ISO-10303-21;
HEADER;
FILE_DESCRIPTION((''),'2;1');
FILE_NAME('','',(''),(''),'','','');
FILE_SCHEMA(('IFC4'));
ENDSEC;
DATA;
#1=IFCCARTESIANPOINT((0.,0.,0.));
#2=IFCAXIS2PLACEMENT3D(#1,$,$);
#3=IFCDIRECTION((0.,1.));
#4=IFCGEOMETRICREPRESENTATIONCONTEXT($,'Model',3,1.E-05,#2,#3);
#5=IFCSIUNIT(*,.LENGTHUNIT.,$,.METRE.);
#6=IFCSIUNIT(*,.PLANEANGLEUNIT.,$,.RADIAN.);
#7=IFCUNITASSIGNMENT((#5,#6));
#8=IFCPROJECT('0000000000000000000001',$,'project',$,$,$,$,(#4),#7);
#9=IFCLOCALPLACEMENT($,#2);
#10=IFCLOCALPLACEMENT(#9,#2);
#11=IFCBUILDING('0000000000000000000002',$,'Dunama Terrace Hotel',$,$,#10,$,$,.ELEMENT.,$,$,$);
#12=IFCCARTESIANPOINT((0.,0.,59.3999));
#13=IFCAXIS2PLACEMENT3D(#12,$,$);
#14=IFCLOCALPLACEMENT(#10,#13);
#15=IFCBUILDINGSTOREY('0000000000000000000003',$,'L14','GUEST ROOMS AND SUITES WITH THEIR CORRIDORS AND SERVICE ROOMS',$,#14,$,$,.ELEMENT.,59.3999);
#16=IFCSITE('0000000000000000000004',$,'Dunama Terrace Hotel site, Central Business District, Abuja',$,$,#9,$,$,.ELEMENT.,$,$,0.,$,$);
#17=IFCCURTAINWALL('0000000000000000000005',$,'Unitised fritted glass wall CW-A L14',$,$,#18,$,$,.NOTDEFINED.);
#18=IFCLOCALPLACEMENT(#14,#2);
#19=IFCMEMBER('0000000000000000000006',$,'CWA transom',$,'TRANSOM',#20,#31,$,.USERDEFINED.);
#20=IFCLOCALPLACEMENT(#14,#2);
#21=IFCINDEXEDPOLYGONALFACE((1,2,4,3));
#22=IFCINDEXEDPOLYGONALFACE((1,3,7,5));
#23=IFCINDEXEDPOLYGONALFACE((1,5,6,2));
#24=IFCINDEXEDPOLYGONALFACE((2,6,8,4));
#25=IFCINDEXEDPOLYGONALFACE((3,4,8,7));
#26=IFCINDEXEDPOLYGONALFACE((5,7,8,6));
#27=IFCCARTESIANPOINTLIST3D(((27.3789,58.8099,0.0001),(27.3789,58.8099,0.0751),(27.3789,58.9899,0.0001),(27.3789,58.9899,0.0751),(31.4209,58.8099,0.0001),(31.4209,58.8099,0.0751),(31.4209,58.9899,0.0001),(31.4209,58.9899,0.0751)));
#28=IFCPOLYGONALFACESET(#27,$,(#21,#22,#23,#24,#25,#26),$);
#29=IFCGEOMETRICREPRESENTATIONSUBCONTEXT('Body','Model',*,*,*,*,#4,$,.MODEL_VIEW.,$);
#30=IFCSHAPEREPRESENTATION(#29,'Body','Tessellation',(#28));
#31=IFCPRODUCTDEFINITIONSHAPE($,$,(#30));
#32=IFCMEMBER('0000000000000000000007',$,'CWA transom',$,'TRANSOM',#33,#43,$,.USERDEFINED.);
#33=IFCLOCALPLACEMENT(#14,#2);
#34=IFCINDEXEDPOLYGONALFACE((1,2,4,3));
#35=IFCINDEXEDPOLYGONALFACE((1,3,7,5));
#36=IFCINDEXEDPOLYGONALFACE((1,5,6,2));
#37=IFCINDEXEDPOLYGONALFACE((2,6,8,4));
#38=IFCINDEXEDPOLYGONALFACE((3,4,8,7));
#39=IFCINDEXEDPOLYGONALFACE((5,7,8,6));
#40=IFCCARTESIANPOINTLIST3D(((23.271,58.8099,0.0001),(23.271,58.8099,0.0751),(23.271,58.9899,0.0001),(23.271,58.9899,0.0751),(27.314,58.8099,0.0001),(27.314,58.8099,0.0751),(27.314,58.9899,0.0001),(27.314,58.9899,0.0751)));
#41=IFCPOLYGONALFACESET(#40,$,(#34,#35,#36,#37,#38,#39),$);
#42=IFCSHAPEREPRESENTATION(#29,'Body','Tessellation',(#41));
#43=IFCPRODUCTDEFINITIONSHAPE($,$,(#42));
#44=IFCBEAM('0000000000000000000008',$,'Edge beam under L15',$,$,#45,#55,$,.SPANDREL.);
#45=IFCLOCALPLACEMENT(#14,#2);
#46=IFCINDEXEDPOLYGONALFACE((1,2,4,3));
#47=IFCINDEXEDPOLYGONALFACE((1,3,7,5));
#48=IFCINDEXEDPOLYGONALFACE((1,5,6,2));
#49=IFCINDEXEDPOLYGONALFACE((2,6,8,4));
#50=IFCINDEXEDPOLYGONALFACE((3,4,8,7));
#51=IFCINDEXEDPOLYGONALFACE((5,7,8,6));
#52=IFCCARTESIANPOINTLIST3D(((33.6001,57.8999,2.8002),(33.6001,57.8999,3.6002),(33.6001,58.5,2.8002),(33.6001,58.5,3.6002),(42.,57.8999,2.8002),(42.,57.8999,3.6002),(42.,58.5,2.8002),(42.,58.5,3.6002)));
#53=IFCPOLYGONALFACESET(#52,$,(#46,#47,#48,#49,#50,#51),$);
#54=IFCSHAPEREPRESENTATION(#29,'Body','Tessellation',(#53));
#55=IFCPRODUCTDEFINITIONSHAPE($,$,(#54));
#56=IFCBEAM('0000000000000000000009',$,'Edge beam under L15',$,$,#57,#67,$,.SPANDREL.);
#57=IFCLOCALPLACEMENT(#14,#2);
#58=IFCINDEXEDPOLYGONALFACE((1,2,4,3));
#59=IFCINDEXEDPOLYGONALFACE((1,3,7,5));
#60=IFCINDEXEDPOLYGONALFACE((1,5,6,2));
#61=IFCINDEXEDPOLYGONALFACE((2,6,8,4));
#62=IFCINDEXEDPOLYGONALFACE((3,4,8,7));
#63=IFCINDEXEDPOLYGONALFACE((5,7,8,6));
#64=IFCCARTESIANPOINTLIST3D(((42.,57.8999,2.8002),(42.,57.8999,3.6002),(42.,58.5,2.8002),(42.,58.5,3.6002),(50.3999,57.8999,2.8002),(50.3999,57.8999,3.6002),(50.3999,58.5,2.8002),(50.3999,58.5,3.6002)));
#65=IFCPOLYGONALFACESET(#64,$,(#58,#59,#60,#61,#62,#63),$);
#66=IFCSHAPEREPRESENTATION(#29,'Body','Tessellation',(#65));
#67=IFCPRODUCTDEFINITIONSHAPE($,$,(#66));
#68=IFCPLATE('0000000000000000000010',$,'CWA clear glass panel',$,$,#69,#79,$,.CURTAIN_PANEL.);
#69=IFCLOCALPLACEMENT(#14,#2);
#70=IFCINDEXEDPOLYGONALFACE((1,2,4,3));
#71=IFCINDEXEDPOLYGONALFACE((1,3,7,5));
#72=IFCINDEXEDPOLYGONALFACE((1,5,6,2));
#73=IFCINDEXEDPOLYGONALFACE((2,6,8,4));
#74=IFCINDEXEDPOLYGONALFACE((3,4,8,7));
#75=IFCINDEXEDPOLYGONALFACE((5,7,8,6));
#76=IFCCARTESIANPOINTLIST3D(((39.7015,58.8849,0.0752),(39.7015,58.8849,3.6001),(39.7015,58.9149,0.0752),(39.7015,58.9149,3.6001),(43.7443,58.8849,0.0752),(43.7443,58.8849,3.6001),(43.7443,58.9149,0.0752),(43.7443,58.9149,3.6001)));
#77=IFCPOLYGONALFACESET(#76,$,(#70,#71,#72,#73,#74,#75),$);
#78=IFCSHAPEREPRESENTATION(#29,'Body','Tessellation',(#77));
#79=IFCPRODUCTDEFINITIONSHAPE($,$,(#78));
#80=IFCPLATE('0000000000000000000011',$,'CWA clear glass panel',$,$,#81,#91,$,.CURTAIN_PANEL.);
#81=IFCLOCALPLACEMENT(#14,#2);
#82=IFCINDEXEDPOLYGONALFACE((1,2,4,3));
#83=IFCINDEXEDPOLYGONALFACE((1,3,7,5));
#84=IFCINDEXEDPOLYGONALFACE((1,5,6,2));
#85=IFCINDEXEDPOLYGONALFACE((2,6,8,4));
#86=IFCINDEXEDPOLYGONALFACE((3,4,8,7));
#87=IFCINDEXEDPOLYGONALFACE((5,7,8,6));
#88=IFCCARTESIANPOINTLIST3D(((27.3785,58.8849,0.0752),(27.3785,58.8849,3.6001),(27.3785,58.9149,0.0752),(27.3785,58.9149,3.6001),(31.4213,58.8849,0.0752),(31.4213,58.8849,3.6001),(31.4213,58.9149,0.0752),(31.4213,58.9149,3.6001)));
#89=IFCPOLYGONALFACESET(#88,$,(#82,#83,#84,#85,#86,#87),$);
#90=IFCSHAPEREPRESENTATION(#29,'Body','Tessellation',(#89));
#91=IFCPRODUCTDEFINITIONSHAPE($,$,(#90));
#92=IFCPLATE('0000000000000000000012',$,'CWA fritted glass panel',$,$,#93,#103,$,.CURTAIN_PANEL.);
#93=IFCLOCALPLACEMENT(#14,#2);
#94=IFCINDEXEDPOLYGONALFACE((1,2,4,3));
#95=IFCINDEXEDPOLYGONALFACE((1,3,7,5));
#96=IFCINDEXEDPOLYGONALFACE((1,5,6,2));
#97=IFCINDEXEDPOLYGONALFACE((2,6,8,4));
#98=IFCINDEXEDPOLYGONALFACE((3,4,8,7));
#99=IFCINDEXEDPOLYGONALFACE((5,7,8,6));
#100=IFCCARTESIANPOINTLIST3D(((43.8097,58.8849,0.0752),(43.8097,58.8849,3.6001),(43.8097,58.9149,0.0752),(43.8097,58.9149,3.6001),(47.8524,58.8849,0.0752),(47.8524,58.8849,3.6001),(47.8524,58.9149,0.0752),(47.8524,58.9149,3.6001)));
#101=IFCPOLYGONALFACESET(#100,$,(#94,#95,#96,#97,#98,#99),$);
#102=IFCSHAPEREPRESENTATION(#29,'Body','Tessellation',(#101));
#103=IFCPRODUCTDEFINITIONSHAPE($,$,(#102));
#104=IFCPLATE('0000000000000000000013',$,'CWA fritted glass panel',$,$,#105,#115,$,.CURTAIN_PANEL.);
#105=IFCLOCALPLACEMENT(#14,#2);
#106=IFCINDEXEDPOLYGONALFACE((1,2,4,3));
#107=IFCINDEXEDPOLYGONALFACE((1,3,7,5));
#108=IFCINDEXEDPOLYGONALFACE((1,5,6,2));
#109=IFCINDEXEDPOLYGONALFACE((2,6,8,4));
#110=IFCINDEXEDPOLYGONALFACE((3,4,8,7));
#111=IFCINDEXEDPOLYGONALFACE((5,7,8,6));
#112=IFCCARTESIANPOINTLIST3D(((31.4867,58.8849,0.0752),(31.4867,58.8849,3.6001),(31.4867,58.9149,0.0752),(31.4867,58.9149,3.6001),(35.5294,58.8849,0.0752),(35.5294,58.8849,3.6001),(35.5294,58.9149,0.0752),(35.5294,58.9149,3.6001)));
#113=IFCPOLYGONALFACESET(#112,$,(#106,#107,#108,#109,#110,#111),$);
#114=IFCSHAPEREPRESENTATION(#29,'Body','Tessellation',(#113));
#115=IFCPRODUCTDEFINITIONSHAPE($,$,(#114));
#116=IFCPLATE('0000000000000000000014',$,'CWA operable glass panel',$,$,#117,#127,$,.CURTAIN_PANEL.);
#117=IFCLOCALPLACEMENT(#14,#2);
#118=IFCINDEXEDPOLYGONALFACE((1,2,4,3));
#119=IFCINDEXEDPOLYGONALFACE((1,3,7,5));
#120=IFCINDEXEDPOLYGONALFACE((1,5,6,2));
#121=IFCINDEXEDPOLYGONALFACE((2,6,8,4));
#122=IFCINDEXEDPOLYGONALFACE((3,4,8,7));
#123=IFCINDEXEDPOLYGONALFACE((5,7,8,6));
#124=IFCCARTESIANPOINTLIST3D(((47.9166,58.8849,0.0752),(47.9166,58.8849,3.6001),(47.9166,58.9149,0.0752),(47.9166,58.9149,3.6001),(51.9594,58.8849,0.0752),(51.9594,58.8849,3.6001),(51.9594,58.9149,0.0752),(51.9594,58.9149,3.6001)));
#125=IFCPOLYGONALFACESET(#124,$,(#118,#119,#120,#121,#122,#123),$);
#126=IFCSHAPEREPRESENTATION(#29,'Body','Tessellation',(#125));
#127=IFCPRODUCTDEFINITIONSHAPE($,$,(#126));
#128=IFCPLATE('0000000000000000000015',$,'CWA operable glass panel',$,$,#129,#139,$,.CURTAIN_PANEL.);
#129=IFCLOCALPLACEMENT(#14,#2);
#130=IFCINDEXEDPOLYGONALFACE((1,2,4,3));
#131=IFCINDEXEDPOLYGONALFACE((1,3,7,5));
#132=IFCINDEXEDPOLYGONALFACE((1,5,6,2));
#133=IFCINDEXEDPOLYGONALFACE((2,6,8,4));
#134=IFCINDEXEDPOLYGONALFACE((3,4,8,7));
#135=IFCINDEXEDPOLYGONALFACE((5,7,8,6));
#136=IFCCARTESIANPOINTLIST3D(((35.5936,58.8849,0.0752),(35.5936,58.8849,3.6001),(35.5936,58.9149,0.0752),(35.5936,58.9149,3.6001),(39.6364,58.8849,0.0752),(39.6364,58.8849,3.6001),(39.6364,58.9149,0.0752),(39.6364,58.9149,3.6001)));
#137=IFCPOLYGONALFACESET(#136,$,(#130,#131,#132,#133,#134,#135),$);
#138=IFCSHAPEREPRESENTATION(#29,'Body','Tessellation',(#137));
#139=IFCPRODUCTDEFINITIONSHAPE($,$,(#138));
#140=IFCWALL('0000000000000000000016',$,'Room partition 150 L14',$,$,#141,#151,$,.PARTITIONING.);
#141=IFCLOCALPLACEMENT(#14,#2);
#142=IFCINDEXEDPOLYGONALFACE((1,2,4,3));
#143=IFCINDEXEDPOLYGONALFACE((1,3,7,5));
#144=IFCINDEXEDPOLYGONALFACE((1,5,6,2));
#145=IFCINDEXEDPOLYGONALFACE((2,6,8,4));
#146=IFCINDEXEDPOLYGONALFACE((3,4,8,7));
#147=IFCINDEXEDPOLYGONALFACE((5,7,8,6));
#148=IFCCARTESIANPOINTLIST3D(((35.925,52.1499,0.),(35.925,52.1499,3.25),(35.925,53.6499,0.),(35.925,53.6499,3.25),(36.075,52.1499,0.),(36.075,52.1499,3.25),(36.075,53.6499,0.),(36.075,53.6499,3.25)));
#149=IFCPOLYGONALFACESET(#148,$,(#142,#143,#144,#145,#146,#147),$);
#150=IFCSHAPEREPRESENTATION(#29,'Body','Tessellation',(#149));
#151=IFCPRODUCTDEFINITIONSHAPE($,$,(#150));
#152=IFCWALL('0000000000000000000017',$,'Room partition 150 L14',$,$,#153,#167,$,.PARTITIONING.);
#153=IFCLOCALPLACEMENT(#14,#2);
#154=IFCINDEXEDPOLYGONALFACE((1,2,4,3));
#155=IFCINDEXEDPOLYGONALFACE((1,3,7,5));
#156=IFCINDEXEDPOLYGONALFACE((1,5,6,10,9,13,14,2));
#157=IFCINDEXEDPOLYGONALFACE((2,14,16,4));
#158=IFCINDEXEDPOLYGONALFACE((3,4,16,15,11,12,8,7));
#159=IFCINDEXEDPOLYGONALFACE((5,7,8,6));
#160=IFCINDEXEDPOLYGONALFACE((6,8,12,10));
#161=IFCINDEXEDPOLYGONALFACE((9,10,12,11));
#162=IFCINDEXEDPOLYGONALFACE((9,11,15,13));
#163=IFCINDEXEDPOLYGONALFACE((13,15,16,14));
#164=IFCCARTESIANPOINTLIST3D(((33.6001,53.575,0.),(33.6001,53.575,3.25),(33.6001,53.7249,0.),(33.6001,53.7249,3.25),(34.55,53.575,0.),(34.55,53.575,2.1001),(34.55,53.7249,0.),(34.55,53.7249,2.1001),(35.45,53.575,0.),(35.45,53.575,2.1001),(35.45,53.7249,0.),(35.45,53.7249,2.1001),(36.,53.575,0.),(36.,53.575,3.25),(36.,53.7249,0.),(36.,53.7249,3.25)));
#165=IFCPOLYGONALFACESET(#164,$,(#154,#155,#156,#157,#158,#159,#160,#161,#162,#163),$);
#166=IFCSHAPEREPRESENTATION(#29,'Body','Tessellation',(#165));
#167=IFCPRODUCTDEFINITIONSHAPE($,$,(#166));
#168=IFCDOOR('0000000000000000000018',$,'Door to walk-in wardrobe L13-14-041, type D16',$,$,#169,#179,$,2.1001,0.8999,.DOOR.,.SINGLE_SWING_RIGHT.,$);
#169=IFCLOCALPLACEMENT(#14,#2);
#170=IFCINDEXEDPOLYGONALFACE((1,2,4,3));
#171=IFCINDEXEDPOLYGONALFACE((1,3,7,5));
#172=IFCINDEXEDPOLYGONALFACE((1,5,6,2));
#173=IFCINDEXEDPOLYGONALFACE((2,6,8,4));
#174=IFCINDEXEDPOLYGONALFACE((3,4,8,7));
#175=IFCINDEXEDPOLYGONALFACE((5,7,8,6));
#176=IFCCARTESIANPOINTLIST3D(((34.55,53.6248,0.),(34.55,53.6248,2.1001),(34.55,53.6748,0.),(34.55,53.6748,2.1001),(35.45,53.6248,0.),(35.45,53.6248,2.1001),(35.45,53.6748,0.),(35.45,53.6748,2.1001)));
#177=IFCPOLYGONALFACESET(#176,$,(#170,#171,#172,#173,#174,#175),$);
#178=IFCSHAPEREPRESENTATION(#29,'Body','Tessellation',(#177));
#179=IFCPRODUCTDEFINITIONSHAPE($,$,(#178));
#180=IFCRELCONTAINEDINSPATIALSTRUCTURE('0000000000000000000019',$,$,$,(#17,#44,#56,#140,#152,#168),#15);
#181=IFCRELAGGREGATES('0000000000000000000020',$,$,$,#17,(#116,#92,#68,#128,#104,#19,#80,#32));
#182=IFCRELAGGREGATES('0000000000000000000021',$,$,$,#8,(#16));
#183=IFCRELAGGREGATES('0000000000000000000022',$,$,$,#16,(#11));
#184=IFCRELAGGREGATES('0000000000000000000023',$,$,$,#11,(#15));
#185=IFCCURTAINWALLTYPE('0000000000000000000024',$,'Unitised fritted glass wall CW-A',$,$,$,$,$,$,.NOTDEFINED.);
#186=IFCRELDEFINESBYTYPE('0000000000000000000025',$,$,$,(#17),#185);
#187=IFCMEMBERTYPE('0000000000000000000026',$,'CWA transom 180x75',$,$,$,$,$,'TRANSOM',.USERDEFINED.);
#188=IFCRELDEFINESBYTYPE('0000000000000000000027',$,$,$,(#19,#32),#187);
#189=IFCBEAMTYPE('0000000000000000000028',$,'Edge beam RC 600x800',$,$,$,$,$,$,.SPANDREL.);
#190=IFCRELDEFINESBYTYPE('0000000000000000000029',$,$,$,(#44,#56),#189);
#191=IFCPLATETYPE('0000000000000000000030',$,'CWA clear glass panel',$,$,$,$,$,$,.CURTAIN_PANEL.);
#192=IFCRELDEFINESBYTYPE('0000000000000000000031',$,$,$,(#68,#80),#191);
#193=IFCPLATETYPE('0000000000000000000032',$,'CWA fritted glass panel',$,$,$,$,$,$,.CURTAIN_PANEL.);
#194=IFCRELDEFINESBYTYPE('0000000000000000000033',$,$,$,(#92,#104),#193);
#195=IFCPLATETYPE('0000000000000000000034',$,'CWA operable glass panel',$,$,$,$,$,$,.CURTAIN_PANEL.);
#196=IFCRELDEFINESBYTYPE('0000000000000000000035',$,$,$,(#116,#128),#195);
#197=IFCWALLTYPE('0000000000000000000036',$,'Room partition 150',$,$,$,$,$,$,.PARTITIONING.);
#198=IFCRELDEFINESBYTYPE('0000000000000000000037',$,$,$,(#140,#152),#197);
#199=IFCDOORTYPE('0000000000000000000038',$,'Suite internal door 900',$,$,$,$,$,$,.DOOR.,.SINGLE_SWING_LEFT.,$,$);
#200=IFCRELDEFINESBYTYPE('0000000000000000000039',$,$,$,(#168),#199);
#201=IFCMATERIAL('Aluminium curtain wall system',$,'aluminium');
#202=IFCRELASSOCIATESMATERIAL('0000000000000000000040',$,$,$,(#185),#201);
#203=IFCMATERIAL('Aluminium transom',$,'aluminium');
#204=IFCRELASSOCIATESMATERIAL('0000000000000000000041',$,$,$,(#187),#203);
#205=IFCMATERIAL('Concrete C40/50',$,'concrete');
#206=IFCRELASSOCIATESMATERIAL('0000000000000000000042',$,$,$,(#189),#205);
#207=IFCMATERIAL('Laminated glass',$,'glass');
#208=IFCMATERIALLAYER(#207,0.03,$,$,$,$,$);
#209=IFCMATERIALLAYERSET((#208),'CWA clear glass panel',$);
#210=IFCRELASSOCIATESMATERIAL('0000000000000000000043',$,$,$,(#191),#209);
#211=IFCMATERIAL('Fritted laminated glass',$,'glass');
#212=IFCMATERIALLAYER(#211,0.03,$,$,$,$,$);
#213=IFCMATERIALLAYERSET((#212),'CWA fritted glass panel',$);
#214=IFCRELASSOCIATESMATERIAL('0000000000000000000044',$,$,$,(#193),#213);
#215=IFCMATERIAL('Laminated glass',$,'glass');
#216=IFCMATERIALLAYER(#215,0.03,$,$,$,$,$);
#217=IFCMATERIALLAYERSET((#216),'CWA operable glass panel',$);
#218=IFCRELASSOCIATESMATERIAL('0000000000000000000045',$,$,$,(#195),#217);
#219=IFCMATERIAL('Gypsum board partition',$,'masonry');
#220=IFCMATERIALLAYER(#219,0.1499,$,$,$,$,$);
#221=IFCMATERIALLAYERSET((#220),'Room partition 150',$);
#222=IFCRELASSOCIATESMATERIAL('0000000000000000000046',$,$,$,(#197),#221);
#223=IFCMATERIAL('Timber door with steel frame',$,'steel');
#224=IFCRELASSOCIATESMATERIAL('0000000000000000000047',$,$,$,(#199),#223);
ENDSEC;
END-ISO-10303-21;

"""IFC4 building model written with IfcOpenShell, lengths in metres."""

from ifc_helpers import new_model, si_unit, direction, frame, frame_2d, origin, origin_2d, place, context, subcontext, project, spatial, rectangle, extrude, material, layer, layer_set, material_profile, profile_set, type_object, element, fill, aggregate, save


model = new_model("IFC4")

# Units and contexts
model_context = context("Model", 3, precision=1e-05, world=origin(), true_north=direction((0.0, 1.0)))
body_context = subcontext(model_context, "Body", "Model", "MODEL_VIEW")
ifc_project = project(units=[si_unit("LENGTHUNIT", "METRE"), si_unit("PLANEANGLEUNIT", "RADIAN")], contexts=[model_context])

# Site, building, storey
site_placement = place(None, origin())
site = spatial("IfcSite", under=ifc_project, at=site_placement, Name="Dunama Terrace Hotel site, Central Business District, Abuja", CompositionType="ELEMENT", RefElevation=0.0)
building_placement = place(site_placement, origin())
building = spatial("IfcBuilding", under=site, at=building_placement, Name="Dunama Terrace Hotel", CompositionType="ELEMENT")
storey_placement = place(building_placement, frame((0.0, 0.0, 59.3999)))
storey = spatial("IfcBuildingStorey", under=building, at=storey_placement, Name="L14", Description="GUEST ROOMS AND SUITES WITH THEIR CORRIDORS AND SERVICE ROOMS", CompositionType="ELEMENT", Elevation=59.3999)

# Curtain wall, members
ifc_material_1 = material(Name="Aluminium curtain wall system", Category="aluminium")
curtain_wall_type = type_object("IfcCurtainWallType", Name="Unitised fritted glass wall CW-A", PredefinedType="NOTDEFINED", material=ifc_material_1)
curtain_wall_placement = place(storey_placement, origin())
curtain_wall = element("IfcCurtainWall", 1, at=curtain_wall_placement, inside=storey, type_object=curtain_wall_type, Name="Unitised fritted glass wall CW-A L14", PredefinedType="NOTDEFINED")
ifc_material_2 = material(Name="Aluminium transom", Category="aluminium")
ifc_material_profile_1 = material_profile(ifc_material_2, rectangle(XDim=0.1799, YDim=0.075, at=origin_2d()), Name="CWA TRANSOM 180X75")
ifc_profile_set_1 = profile_set([ifc_material_profile_1], Name="Aluminium transom")
member_type_1 = type_object("IfcMemberType", Name="CWA transom 180x75", ElementType="TRANSOM", PredefinedType="USERDEFINED", material=ifc_profile_set_1)
member_1_placement = place(storey_placement, frame((31.4209, 58.8999, 0.0376), z_axis=(-1.0, 0.0, 0.0), x_axis=(0.0, -1.0, 0.0)))
member_1 = element("IfcMember", 2, at=member_1_placement, type_object=member_type_1, Name="CWA transom", ObjectType="TRANSOM", PredefinedType="USERDEFINED", context=body_context, shape_type="SweptSolid", body=[
    extrude(rectangle(XDim=0.1799, YDim=0.075, at=origin_2d()), origin(), (0.0, 0.0, 1.0), 4.042),
])
member_2_placement = place(storey_placement, frame((27.314, 58.8999, 0.0376), z_axis=(-1.0, 0.0, 0.0), x_axis=(0.0, -1.0, 0.0)))
member_2 = element("IfcMember", 3, at=member_2_placement, type_object=member_type_1, Name="CWA transom", ObjectType="TRANSOM", PredefinedType="USERDEFINED", context=body_context, shape_type="SweptSolid", body=[
    extrude(rectangle(XDim=0.1799, YDim=0.075, at=origin_2d()), origin(), (0.0, 0.0, 1.0), 4.043),
])

# Beams
ifc_material_3 = material(Name="Concrete C40/50", Category="concrete")
ifc_material_profile_2 = material_profile(ifc_material_3, rectangle(XDim=0.6001, YDim=0.8, at=origin_2d()), Name="RC 600x800")
ifc_profile_set_2 = profile_set([ifc_material_profile_2], Name="Concrete C40/50")
beam_type = type_object("IfcBeamType", Name="Edge beam RC 600x800", PredefinedType="SPANDREL", material=ifc_profile_set_2)
for number, where, z_axis, x_axis, name in (
    (4, (33.6001, 58.2, 3.2002), (1.0, 0.0, 0.0), (0.0, 1.0, 0.0), "Edge beam under L15"),
    (5, (42.0, 58.2, 3.2002), (1.0, 0.0, 0.0), (0.0, 1.0, 0.0), "Edge beam under L15"),
):
    element("IfcBeam", number, at=place(storey_placement, frame(where, z_axis=z_axis, x_axis=x_axis)), inside=storey, type_object=beam_type, Name=name, PredefinedType="SPANDREL", context=body_context, shape_type="SweptSolid", body=[
        extrude(rectangle(XDim=0.6001, YDim=0.8, at=origin_2d()), origin(), (0.0, 0.0, 1.0), 8.3999),
    ])

# Plates
ifc_material_4 = material(Name="Laminated glass", Category="glass")
ifc_layer_1 = layer(ifc_material_4, 0.03)
ifc_layer_set_1 = layer_set([ifc_layer_1], Name="CWA clear glass panel")
plate_type_1 = type_object("IfcPlateType", Name="CWA clear glass panel", PredefinedType="CURTAIN_PANEL", material=ifc_layer_set_1)
plate_1_placement = place(storey_placement, frame((41.7229, 58.8999, 0.0752), z_axis=(0.0, 0.0, 1.0), x_axis=(-1.0, 0.0, 0.0)))
plate_1 = element("IfcPlate", 6, at=plate_1_placement, type_object=plate_type_1, Name="CWA clear glass panel", PredefinedType="CURTAIN_PANEL", context=body_context, shape_type="SweptSolid", body=[
    extrude(rectangle(XDim=4.0427, YDim=0.03, at=origin_2d()), origin(), (0.0, 0.0, 1.0), 3.5249),
])
plate_2_placement = place(storey_placement, frame((29.3999, 58.8999, 0.0752), z_axis=(0.0, 0.0, 1.0), x_axis=(-1.0, 0.0, 0.0)))
plate_2 = element("IfcPlate", 7, at=plate_2_placement, type_object=plate_type_1, Name="CWA clear glass panel", PredefinedType="CURTAIN_PANEL", context=body_context, shape_type="SweptSolid", body=[
    extrude(rectangle(XDim=4.0427, YDim=0.03, at=origin_2d()), origin(), (0.0, 0.0, 1.0), 3.5249),
])
ifc_material_5 = material(Name="Fritted laminated glass", Category="glass")
ifc_layer_2 = layer(ifc_material_5, 0.03)
ifc_layer_set_2 = layer_set([ifc_layer_2], Name="CWA fritted glass panel")
plate_type_2 = type_object("IfcPlateType", Name="CWA fritted glass panel", PredefinedType="CURTAIN_PANEL", material=ifc_layer_set_2)
plate_3_placement = place(storey_placement, frame((45.8311, 58.8999, 0.0752), z_axis=(0.0, 0.0, 1.0), x_axis=(-1.0, 0.0, 0.0)))
plate_3 = element("IfcPlate", 8, at=plate_3_placement, type_object=plate_type_2, Name="CWA fritted glass panel", PredefinedType="CURTAIN_PANEL", context=body_context, shape_type="SweptSolid", body=[
    extrude(rectangle(XDim=4.0427, YDim=0.03, at=origin_2d()), origin(), (0.0, 0.0, 1.0), 3.5249),
])
plate_4_placement = place(storey_placement, frame((33.5081, 58.8999, 0.0752), z_axis=(0.0, 0.0, 1.0), x_axis=(-1.0, 0.0, 0.0)))
plate_4 = element("IfcPlate", 9, at=plate_4_placement, type_object=plate_type_2, Name="CWA fritted glass panel", PredefinedType="CURTAIN_PANEL", context=body_context, shape_type="SweptSolid", body=[
    extrude(rectangle(XDim=4.0427, YDim=0.03, at=origin_2d()), origin(), (0.0, 0.0, 1.0), 3.5249),
])
ifc_material_6 = material(Name="Laminated glass", Category="glass")
ifc_layer_3 = layer(ifc_material_6, 0.03)
ifc_layer_set_3 = layer_set([ifc_layer_3], Name="CWA operable glass panel")
plate_type_3 = type_object("IfcPlateType", Name="CWA operable glass panel", PredefinedType="CURTAIN_PANEL", material=ifc_layer_set_3)
plate_5_placement = place(storey_placement, frame((49.938, 58.8999, 0.0752), z_axis=(0.0, 0.0, 1.0), x_axis=(-1.0, 0.0, 0.0)))
plate_5 = element("IfcPlate", 10, at=plate_5_placement, type_object=plate_type_3, Name="CWA operable glass panel", PredefinedType="CURTAIN_PANEL", context=body_context, shape_type="SweptSolid", body=[
    extrude(rectangle(XDim=4.0427, YDim=0.03, at=origin_2d()), origin(), (0.0, 0.0, 1.0), 3.5249),
])
plate_6_placement = place(storey_placement, frame((37.615, 58.8999, 0.0752), z_axis=(0.0, 0.0, 1.0), x_axis=(-1.0, 0.0, 0.0)))
plate_6 = element("IfcPlate", 11, at=plate_6_placement, type_object=plate_type_3, Name="CWA operable glass panel", PredefinedType="CURTAIN_PANEL", context=body_context, shape_type="SweptSolid", body=[
    extrude(rectangle(XDim=4.0427, YDim=0.03, at=origin_2d()), origin(), (0.0, 0.0, 1.0), 3.5249),
])
aggregate(curtain_wall, [plate_5, plate_3, plate_1, plate_6, plate_4, member_1, plate_2, member_2])

# Wall
ifc_material_7 = material(Name="Gypsum board partition", Category="masonry")
ifc_layer_4 = layer(ifc_material_7, 0.1499)
ifc_layer_set_4 = layer_set([ifc_layer_4], Name="Room partition 150")
wall_type = type_object("IfcWallType", Name="Room partition 150", PredefinedType="PARTITIONING", material=ifc_layer_set_4)
wall_1_placement = place(storey_placement, frame((36.0, 52.1499, 0.0), z_axis=(0.0, 0.0, 1.0), x_axis=(0.0, 1.0, 0.0)))
element("IfcWall", 12, at=wall_1_placement, inside=storey, type_object=wall_type, Name="Room partition 150 L14", PredefinedType="PARTITIONING", context=body_context, shape_type="SweptSolid", body=[
    extrude(rectangle(XDim=1.5, YDim=0.1499, at=frame_2d((0.75, 0.0))), origin(), (0.0, 0.0, 1.0), 3.25),
])

# Wall, opening, door
wall_2_placement = place(storey_placement, frame((33.6001, 53.6499, 0.0), z_axis=(0.0, 0.0, 1.0), x_axis=(1.0, 0.0, 0.0)))
wall_2 = element("IfcWall", 13, at=wall_2_placement, inside=storey, type_object=wall_type, Name="Room partition 150 L14", PredefinedType="PARTITIONING", context=body_context, shape_type="SweptSolid", body=[
    extrude(rectangle(XDim=2.3999, YDim=0.1499, at=frame_2d((1.2, 0.0))), origin(), (0.0, 0.0, 1.0), 3.25),
])
opening_placement = place(wall_2_placement, frame((0.95, 0.0, 0.0)))
opening = element("IfcOpeningElement", 14, at=opening_placement, cuts=wall_2, PredefinedType="OPENING", context=body_context, shape_type="SweptSolid", body=[
    extrude(rectangle(XDim=0.8999, YDim=2.1001, at=frame_2d((0.45, 1.05))), frame((0.0, 0.085, 0.0), z_axis=(0.0, -1.0, 0.0), x_axis=(1.0, 0.0, 0.0)), (0.0, 0.0, 1.0), 0.1699),
])
ifc_material_8 = material(Name="Timber door with steel frame", Category="steel")
door_type = type_object("IfcDoorType", Name="Suite internal door 900", OperationType="SINGLE_SWING_LEFT", PredefinedType="DOOR", material=ifc_material_8)
door_placement = place(opening_placement, frame((0.8999, 0.0, 0.0), z_axis=(0.0, 0.0, 1.0), x_axis=(-1.0, 0.0, 0.0)))
door = element("IfcDoor", 15, at=door_placement, inside=storey, type_object=door_type, Name="Door to walk-in wardrobe L13-14-041, type D16", OperationType="SINGLE_SWING_RIGHT", OverallHeight=2.1001, OverallWidth=0.8999, PredefinedType="DOOR", context=body_context, shape_type="SweptSolid", body=[
    extrude(rectangle(XDim=0.8999, YDim=2.1001, at=frame_2d((0.45, 1.05))), frame((0.0, 0.0251, 0.0), z_axis=(0.0, -1.0, 0.0), x_axis=(1.0, 0.0, 0.0)), (0.0, 0.0, 1.0), 0.05),
])
fill(opening, door)

save(model, "model.ifc")
